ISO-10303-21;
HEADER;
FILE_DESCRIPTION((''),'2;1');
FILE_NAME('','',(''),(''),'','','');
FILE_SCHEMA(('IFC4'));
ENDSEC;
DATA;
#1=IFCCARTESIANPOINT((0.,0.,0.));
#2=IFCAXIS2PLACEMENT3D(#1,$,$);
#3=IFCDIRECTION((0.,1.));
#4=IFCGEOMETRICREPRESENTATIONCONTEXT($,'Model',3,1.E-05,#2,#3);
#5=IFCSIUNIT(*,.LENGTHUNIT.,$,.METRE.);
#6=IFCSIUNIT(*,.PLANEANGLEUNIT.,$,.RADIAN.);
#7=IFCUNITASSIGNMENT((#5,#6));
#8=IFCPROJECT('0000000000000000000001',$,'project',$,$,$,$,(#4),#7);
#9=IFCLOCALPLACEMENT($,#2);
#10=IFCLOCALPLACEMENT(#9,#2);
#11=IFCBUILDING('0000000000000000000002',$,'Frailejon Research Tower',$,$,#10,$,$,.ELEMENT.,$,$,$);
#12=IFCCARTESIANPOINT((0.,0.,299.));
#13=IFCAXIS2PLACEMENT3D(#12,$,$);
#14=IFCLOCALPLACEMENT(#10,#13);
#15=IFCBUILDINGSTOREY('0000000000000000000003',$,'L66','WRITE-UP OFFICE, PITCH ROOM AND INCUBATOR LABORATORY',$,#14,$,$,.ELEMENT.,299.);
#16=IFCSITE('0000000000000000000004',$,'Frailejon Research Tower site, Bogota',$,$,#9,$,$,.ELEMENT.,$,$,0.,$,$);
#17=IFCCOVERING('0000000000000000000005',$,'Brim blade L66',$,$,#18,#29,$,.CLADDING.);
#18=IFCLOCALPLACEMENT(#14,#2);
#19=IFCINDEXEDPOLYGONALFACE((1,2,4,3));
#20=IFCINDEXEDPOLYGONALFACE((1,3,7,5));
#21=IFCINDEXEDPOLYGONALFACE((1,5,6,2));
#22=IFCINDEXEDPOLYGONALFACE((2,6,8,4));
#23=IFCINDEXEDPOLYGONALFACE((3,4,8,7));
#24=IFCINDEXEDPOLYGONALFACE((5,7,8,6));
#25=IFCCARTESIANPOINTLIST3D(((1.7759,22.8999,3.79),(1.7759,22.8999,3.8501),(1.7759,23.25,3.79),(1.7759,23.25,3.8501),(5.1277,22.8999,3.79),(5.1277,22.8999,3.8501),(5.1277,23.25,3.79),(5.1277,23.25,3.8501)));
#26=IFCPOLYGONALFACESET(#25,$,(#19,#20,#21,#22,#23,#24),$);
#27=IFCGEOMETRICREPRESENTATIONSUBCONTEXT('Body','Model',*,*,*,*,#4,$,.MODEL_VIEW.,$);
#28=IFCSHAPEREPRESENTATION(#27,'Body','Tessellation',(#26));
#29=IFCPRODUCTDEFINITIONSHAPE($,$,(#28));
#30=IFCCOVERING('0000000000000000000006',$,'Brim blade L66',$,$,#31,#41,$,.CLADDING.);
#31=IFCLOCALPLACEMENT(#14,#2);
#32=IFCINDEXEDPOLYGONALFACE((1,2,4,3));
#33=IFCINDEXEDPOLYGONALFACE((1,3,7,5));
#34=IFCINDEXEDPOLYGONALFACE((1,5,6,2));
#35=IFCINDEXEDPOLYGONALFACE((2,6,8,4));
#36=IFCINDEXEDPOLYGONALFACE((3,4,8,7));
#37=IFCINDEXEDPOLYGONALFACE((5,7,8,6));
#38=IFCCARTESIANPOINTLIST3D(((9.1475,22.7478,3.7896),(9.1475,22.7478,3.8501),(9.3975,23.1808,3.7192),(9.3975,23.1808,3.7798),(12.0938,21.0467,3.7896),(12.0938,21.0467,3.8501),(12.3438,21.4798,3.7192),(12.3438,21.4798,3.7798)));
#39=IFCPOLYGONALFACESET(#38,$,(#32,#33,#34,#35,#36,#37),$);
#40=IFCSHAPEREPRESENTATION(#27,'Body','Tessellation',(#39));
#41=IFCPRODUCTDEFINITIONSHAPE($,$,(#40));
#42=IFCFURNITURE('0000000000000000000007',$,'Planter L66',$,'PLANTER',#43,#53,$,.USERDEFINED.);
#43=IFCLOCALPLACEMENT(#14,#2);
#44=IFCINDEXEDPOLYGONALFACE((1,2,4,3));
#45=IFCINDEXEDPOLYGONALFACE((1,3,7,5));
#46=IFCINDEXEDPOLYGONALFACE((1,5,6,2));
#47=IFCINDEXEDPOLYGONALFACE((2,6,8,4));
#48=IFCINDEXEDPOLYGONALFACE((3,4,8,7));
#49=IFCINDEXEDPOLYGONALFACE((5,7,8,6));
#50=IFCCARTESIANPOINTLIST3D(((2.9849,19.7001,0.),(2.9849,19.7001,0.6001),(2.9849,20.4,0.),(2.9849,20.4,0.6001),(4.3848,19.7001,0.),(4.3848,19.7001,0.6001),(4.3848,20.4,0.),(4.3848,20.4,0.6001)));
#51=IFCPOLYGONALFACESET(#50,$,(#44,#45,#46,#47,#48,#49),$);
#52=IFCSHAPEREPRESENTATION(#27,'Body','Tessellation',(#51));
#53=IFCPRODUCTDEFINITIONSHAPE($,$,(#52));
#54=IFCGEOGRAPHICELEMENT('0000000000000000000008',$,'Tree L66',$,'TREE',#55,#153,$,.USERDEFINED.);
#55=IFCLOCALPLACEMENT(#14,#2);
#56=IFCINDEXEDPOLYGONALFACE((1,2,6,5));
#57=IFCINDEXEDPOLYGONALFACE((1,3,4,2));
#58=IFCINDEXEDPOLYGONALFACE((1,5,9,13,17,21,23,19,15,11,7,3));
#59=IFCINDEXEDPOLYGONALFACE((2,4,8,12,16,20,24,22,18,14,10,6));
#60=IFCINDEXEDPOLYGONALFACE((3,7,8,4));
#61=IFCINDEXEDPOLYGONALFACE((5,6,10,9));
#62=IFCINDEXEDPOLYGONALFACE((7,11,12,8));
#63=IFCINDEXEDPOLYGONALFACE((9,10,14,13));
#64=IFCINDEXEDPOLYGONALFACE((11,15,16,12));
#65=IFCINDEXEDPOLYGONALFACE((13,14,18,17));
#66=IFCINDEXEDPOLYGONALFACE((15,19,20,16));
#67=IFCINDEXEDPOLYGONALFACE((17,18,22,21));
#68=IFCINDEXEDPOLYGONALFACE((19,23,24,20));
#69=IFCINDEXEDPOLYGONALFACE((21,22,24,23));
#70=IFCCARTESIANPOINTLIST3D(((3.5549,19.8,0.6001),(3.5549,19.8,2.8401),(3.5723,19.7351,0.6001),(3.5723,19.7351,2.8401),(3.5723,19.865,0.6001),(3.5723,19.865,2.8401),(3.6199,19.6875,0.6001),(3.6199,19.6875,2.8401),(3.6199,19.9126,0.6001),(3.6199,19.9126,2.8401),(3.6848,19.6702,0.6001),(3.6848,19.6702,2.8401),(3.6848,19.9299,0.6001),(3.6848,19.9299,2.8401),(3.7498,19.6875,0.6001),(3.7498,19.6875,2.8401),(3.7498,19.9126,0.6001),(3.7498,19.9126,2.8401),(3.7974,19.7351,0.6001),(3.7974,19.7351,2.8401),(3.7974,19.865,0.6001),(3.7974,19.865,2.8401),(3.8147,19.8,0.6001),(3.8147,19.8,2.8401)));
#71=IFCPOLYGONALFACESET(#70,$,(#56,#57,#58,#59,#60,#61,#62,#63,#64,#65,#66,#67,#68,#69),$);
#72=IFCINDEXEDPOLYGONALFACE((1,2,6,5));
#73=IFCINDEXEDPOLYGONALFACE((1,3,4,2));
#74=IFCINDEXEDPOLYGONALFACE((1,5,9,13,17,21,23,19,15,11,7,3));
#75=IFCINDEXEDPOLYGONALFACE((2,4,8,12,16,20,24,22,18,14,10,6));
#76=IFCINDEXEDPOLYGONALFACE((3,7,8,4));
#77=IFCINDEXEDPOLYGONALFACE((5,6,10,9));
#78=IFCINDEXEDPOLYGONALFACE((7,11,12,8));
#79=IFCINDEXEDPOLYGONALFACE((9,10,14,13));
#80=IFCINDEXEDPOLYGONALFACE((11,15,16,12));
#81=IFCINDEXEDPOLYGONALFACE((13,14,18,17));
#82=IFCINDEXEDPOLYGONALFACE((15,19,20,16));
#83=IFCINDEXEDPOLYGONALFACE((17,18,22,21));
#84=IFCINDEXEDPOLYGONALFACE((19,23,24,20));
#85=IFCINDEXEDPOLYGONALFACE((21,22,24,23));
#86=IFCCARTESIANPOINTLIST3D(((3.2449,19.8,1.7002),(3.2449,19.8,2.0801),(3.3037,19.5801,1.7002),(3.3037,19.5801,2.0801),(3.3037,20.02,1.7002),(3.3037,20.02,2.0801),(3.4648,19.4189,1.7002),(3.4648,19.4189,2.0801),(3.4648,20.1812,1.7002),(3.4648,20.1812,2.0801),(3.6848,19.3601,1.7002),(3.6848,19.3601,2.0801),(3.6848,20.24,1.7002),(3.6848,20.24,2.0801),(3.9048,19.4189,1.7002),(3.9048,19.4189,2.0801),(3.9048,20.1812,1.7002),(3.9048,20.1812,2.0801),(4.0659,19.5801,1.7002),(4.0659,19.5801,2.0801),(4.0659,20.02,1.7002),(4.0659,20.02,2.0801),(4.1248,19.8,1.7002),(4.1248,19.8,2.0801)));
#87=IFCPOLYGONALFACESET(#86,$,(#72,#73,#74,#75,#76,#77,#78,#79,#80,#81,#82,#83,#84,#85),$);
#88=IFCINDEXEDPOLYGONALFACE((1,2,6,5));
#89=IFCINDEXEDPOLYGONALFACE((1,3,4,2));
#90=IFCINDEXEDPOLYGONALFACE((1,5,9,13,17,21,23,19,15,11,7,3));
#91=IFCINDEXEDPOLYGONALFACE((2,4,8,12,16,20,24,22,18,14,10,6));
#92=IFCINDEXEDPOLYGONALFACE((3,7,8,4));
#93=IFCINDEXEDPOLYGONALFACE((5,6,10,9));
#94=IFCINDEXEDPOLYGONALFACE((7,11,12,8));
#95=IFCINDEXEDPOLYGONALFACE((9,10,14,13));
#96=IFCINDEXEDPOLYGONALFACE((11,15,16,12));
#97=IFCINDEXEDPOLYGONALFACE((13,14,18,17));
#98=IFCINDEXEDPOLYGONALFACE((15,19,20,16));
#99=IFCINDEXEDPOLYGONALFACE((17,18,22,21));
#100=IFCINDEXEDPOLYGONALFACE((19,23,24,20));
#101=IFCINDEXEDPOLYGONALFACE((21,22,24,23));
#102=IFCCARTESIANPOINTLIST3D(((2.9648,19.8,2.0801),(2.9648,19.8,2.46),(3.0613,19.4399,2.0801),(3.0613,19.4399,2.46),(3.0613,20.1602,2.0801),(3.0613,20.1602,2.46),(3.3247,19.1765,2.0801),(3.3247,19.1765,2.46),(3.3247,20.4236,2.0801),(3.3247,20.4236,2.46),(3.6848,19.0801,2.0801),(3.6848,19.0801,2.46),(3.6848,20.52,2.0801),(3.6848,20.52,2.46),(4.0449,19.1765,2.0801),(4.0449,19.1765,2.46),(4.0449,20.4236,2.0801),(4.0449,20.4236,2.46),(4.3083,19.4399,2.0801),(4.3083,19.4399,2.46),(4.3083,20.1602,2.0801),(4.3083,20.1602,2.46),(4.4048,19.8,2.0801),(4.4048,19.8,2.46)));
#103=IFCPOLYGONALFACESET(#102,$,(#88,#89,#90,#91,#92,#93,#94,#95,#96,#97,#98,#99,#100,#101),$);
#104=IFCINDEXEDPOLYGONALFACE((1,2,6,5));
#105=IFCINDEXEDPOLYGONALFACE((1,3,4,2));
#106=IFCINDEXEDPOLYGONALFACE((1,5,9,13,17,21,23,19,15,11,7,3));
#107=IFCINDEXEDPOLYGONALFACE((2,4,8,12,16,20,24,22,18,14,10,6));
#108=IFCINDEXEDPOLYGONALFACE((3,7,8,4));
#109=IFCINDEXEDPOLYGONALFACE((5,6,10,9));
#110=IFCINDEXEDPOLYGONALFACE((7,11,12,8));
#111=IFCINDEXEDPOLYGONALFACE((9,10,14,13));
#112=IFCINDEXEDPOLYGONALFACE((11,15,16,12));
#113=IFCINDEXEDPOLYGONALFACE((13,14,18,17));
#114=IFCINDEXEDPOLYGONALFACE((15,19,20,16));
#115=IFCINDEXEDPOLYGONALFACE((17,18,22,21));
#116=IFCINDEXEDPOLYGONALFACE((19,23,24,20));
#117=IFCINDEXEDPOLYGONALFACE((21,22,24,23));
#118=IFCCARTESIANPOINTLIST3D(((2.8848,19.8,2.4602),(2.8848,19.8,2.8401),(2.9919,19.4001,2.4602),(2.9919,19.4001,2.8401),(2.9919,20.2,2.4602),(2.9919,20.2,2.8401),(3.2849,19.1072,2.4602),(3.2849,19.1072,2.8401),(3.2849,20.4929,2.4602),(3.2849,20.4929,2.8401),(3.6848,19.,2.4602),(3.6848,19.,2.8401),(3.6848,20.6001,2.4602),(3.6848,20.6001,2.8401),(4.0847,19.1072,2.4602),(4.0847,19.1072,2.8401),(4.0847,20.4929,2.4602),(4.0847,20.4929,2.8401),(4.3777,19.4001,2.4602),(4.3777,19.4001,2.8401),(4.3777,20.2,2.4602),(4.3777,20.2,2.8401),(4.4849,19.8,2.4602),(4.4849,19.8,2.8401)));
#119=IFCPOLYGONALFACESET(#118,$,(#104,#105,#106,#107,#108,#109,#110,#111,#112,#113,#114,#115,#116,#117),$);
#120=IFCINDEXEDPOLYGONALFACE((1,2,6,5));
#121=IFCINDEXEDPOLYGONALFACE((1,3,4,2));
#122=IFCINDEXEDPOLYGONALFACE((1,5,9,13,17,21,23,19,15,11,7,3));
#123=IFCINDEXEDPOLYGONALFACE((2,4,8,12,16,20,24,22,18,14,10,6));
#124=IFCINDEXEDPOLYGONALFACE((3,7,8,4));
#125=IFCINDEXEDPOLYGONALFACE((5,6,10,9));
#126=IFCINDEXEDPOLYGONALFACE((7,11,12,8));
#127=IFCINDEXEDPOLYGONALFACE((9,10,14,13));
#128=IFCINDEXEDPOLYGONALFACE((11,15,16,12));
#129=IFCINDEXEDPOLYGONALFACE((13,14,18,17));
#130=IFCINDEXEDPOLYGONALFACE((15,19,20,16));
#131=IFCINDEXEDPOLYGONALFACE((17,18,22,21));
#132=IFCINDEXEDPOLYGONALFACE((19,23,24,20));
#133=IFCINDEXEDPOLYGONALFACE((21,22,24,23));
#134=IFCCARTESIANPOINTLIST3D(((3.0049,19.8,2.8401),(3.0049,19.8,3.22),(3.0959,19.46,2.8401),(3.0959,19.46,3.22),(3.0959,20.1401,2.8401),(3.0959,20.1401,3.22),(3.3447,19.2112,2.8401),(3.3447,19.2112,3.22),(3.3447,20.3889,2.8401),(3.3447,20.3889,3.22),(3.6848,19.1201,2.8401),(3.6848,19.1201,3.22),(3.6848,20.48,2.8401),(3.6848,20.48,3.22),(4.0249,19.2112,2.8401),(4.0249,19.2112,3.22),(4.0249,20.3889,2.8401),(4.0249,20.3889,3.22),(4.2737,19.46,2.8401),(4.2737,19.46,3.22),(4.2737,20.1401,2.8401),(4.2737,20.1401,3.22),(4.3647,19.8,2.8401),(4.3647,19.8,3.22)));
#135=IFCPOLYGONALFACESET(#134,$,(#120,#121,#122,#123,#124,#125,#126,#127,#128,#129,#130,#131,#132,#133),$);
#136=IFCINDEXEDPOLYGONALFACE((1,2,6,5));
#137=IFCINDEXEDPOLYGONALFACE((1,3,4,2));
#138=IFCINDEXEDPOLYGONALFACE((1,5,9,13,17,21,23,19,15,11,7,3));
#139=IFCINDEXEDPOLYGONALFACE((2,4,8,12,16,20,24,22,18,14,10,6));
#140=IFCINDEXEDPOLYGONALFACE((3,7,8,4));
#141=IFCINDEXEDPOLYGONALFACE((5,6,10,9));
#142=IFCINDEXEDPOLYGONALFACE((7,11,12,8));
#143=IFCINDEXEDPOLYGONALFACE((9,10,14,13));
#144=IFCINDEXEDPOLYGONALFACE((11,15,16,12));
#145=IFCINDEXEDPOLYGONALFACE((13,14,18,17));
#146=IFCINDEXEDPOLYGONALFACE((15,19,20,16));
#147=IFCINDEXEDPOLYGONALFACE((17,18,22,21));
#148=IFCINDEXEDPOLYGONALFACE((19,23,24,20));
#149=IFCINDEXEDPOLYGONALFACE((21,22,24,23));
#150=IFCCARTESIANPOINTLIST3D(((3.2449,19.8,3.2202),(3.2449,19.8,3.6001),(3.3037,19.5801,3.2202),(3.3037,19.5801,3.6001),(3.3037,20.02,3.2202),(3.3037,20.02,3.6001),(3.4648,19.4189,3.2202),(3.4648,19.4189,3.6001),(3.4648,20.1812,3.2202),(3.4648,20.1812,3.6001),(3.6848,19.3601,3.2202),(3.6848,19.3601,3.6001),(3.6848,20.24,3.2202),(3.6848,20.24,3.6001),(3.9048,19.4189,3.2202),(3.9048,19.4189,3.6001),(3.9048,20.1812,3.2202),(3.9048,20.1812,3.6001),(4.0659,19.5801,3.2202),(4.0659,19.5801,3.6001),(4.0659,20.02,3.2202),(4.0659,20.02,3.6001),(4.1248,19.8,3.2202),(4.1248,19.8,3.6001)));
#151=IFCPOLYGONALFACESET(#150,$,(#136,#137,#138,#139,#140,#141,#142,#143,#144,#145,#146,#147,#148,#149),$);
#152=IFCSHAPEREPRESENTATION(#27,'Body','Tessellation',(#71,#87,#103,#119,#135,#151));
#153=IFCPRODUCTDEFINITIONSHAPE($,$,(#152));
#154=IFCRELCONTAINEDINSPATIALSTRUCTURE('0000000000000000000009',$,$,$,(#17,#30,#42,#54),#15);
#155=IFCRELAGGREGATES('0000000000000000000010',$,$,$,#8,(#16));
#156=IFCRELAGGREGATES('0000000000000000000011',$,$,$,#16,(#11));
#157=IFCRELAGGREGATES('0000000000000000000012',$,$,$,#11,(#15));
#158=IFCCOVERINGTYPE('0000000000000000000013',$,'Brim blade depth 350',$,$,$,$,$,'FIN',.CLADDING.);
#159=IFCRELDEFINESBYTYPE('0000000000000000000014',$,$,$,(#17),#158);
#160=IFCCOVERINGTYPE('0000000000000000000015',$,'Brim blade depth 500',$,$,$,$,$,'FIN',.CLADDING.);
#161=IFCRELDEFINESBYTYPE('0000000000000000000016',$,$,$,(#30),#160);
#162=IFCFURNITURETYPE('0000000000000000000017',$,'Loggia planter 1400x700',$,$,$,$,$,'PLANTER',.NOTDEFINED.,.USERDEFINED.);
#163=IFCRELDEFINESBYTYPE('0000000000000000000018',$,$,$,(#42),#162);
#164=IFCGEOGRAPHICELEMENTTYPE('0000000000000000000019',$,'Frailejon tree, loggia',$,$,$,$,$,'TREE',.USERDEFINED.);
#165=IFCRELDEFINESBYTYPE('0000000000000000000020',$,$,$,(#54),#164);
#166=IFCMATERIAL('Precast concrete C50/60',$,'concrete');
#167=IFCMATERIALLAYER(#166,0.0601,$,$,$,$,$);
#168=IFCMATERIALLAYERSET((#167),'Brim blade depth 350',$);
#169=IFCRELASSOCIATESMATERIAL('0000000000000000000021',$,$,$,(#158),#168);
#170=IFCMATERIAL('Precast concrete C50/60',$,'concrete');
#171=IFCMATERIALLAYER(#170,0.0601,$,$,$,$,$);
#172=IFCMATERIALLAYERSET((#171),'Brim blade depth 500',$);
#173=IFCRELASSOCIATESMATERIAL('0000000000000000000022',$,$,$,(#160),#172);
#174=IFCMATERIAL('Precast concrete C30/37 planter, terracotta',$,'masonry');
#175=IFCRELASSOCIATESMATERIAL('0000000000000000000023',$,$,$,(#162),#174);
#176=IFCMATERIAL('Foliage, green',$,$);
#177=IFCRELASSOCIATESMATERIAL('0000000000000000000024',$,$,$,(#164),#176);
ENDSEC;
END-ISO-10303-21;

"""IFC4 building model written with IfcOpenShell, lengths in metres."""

from ifc_helpers import new_model, si_unit, direction, frame, origin, origin_2d, place, context, subcontext, project, spatial, polyline, rectangle, outline, extrude, material, layer, layer_set, type_object, element, save


model = new_model("IFC4")

# Units and contexts
model_context = context("Model", 3, precision=1e-05, world=origin(), true_north=direction((0.0, 1.0)))
body_context = subcontext(model_context, "Body", "Model", "MODEL_VIEW")
ifc_project = project(units=[si_unit("LENGTHUNIT", "METRE"), si_unit("PLANEANGLEUNIT", "RADIAN")], contexts=[model_context])

# Site, building, storey
site_placement = place(None, origin())
site = spatial("IfcSite", under=ifc_project, at=site_placement, Name="Frailejon Research Tower site, Bogota", CompositionType="ELEMENT", RefElevation=0.0)
building_placement = place(site_placement, origin())
building = spatial("IfcBuilding", under=site, at=building_placement, Name="Frailejon Research Tower", CompositionType="ELEMENT")
storey_placement = place(building_placement, frame((0.0, 0.0, 299.0)))
storey = spatial("IfcBuildingStorey", under=building, at=storey_placement, Name="L66", Description="WRITE-UP OFFICE, PITCH ROOM AND INCUBATOR LABORATORY", CompositionType="ELEMENT", Elevation=299.0)

# Coverings
ifc_material_1 = material(Name="Precast concrete C50/60", Category="concrete")
ifc_layer_1 = layer(ifc_material_1, 0.0601)
ifc_layer_set_1 = layer_set([ifc_layer_1], Name="Brim blade depth 350")
covering_type_1 = type_object("IfcCoveringType", Name="Brim blade depth 350", ElementType="FIN", PredefinedType="CLADDING", material=ifc_layer_set_1)
covering_1_placement = place(storey_placement, frame((1.7759, 22.8999, 3.8501), z_axis=(1.0, 0.0, 0.0), x_axis=(0.0, 1.0, 0.0)))
element("IfcCovering", 1, at=covering_1_placement, inside=storey, type_object=covering_type_1, Name="Brim blade L66", PredefinedType="CLADDING", context=body_context, shape_type="SweptSolid", body=[
    extrude(outline(polyline([(0.0, -0.0601), (0.3501, -0.0601), (0.3501, 0.0), (0.0, 0.0), (0.0, -0.0601)])), origin(), (0.0, 0.0, 1.0), 3.3518),
])
ifc_material_2 = material(Name="Precast concrete C50/60", Category="concrete")
ifc_layer_2 = layer(ifc_material_2, 0.0601)
ifc_layer_set_2 = layer_set([ifc_layer_2], Name="Brim blade depth 500")
covering_type_2 = type_object("IfcCoveringType", Name="Brim blade depth 500", ElementType="FIN", PredefinedType="CLADDING", material=ifc_layer_set_2)
covering_2_placement = place(storey_placement, frame((9.1475, 22.7478, 3.8501), z_axis=(0.866024, -0.500003, 0.0), x_axis=(0.500003, 0.866024, 0.0)))
element("IfcCovering", 2, at=covering_2_placement, inside=storey, type_object=covering_type_2, Name="Brim blade L66", PredefinedType="CLADDING", context=body_context, shape_type="SweptSolid", body=[
    extrude(outline(polyline([(0.0, -0.0605), (0.5, -0.1309), (0.5, -0.0703), (0.0, 0.0), (0.0, -0.0605)])), origin(), (0.0, 0.0, 1.0), 3.4021),
])

# Furniture
ifc_material_3 = material(Name="Precast concrete C30/37 planter, terracotta", Category="masonry")
furniture_type = type_object("IfcFurnitureType", Name="Loggia planter 1400x700", ElementType="PLANTER", AssemblyPlace="NOTDEFINED", PredefinedType="USERDEFINED", material=ifc_material_3)
furniture_placement = place(storey_placement, frame((3.6848, 20.05, 0.0), z_axis=(0.0, 0.0, 1.0), x_axis=(-1.0, 0.0, 0.0)))
element("IfcFurniture", 3, at=furniture_placement, inside=storey, type_object=furniture_type, Name="Planter L66", ObjectType="PLANTER", PredefinedType="USERDEFINED", context=body_context, shape_type="SweptSolid", body=[
    extrude(rectangle(XDim=1.3999, YDim=0.7, at=origin_2d()), origin(), (0.0, 0.0, 1.0), 0.6001),
])

# Geographic element
ifc_material_4 = material(Name="Foliage, green")
geographic_element_type = type_object("IfcGeographicElementType", Name="Frailejon tree, loggia", ElementType="TREE", PredefinedType="USERDEFINED", material=ifc_material_4)
geographic_element_placement = place(storey_placement, frame((3.6848, 19.8, 0.6001)))
element("IfcGeographicElement", 4, at=geographic_element_placement, inside=storey, type_object=geographic_element_type, Name="Tree L66", ObjectType="TREE", PredefinedType="USERDEFINED", context=body_context, shape_type="SweptSolid", body=[
    extrude(outline(polyline([(0.1299, 0.0), (0.1125, 0.0649), (0.0649, 0.1125), (0.0, 0.1299), (-0.0649, 0.1125), (-0.1125, 0.0649), (-0.1299, 0.0), (-0.1125, -0.0649), (-0.0649, -0.1125), (0.0, -0.1299), (0.0649, -0.1125), (0.1125, -0.0649), (0.1299, 0.0)])), origin(), (0.0, 0.0, 1.0), 2.24),
    extrude(outline(polyline([(0.4399, 0.0), (0.3811, 0.22), (0.22, 0.3811), (0.0, 0.4399), (-0.22, 0.3811), (-0.3811, 0.22), (-0.4399, 0.0), (-0.3811, -0.22), (-0.22, -0.3811), (0.0, -0.4399), (0.22, -0.3811), (0.3811, -0.22), (0.4399, 0.0)])), frame((0.0, 0.0, 1.1001)), (0.0, 0.0, 1.0), 0.3799),
    extrude(outline(polyline([(0.72, 0.0), (0.6235, 0.3601), (0.3601, 0.6235), (0.0, 0.72), (-0.3601, 0.6235), (-0.6235, 0.3601), (-0.72, 0.0), (-0.6235, -0.3601), (-0.3601, -0.6235), (0.0, -0.72), (0.3601, -0.6235), (0.6235, -0.3601), (0.72, 0.0)])), frame((0.0, 0.0, 1.48)), (0.0, 0.0, 1.0), 0.3799),
    extrude(outline(polyline([(0.8, 0.0), (0.6929, 0.3999), (0.3999, 0.6929), (0.0, 0.8), (-0.3999, 0.6929), (-0.6929, 0.3999), (-0.8, 0.0), (-0.6929, -0.3999), (-0.3999, -0.6929), (0.0, -0.8), (0.3999, -0.6929), (0.6929, -0.3999), (0.8, 0.0)])), frame((0.0, 0.0, 1.8601)), (0.0, 0.0, 1.0), 0.3799),
    extrude(outline(polyline([(0.6799, 0.0), (0.5889, 0.3401), (0.3401, 0.5889), (0.0, 0.6799), (-0.3401, 0.5889), (-0.5889, 0.3401), (-0.6799, 0.0), (-0.5889, -0.3401), (-0.3401, -0.5889), (0.0, -0.6799), (0.3401, -0.5889), (0.5889, -0.3401), (0.6799, 0.0)])), frame((0.0, 0.0, 2.24)), (0.0, 0.0, 1.0), 0.3799),
    extrude(outline(polyline([(0.4399, 0.0), (0.3811, 0.22), (0.22, 0.3811), (0.0, 0.4399), (-0.22, 0.3811), (-0.3811, 0.22), (-0.4399, 0.0), (-0.3811, -0.22), (-0.22, -0.3811), (0.0, -0.4399), (0.22, -0.3811), (0.3811, -0.22), (0.4399, 0.0)])), frame((0.0, 0.0, 2.6201)), (0.0, 0.0, 1.0), 0.3799),
])

save(model, "model.ifc")
